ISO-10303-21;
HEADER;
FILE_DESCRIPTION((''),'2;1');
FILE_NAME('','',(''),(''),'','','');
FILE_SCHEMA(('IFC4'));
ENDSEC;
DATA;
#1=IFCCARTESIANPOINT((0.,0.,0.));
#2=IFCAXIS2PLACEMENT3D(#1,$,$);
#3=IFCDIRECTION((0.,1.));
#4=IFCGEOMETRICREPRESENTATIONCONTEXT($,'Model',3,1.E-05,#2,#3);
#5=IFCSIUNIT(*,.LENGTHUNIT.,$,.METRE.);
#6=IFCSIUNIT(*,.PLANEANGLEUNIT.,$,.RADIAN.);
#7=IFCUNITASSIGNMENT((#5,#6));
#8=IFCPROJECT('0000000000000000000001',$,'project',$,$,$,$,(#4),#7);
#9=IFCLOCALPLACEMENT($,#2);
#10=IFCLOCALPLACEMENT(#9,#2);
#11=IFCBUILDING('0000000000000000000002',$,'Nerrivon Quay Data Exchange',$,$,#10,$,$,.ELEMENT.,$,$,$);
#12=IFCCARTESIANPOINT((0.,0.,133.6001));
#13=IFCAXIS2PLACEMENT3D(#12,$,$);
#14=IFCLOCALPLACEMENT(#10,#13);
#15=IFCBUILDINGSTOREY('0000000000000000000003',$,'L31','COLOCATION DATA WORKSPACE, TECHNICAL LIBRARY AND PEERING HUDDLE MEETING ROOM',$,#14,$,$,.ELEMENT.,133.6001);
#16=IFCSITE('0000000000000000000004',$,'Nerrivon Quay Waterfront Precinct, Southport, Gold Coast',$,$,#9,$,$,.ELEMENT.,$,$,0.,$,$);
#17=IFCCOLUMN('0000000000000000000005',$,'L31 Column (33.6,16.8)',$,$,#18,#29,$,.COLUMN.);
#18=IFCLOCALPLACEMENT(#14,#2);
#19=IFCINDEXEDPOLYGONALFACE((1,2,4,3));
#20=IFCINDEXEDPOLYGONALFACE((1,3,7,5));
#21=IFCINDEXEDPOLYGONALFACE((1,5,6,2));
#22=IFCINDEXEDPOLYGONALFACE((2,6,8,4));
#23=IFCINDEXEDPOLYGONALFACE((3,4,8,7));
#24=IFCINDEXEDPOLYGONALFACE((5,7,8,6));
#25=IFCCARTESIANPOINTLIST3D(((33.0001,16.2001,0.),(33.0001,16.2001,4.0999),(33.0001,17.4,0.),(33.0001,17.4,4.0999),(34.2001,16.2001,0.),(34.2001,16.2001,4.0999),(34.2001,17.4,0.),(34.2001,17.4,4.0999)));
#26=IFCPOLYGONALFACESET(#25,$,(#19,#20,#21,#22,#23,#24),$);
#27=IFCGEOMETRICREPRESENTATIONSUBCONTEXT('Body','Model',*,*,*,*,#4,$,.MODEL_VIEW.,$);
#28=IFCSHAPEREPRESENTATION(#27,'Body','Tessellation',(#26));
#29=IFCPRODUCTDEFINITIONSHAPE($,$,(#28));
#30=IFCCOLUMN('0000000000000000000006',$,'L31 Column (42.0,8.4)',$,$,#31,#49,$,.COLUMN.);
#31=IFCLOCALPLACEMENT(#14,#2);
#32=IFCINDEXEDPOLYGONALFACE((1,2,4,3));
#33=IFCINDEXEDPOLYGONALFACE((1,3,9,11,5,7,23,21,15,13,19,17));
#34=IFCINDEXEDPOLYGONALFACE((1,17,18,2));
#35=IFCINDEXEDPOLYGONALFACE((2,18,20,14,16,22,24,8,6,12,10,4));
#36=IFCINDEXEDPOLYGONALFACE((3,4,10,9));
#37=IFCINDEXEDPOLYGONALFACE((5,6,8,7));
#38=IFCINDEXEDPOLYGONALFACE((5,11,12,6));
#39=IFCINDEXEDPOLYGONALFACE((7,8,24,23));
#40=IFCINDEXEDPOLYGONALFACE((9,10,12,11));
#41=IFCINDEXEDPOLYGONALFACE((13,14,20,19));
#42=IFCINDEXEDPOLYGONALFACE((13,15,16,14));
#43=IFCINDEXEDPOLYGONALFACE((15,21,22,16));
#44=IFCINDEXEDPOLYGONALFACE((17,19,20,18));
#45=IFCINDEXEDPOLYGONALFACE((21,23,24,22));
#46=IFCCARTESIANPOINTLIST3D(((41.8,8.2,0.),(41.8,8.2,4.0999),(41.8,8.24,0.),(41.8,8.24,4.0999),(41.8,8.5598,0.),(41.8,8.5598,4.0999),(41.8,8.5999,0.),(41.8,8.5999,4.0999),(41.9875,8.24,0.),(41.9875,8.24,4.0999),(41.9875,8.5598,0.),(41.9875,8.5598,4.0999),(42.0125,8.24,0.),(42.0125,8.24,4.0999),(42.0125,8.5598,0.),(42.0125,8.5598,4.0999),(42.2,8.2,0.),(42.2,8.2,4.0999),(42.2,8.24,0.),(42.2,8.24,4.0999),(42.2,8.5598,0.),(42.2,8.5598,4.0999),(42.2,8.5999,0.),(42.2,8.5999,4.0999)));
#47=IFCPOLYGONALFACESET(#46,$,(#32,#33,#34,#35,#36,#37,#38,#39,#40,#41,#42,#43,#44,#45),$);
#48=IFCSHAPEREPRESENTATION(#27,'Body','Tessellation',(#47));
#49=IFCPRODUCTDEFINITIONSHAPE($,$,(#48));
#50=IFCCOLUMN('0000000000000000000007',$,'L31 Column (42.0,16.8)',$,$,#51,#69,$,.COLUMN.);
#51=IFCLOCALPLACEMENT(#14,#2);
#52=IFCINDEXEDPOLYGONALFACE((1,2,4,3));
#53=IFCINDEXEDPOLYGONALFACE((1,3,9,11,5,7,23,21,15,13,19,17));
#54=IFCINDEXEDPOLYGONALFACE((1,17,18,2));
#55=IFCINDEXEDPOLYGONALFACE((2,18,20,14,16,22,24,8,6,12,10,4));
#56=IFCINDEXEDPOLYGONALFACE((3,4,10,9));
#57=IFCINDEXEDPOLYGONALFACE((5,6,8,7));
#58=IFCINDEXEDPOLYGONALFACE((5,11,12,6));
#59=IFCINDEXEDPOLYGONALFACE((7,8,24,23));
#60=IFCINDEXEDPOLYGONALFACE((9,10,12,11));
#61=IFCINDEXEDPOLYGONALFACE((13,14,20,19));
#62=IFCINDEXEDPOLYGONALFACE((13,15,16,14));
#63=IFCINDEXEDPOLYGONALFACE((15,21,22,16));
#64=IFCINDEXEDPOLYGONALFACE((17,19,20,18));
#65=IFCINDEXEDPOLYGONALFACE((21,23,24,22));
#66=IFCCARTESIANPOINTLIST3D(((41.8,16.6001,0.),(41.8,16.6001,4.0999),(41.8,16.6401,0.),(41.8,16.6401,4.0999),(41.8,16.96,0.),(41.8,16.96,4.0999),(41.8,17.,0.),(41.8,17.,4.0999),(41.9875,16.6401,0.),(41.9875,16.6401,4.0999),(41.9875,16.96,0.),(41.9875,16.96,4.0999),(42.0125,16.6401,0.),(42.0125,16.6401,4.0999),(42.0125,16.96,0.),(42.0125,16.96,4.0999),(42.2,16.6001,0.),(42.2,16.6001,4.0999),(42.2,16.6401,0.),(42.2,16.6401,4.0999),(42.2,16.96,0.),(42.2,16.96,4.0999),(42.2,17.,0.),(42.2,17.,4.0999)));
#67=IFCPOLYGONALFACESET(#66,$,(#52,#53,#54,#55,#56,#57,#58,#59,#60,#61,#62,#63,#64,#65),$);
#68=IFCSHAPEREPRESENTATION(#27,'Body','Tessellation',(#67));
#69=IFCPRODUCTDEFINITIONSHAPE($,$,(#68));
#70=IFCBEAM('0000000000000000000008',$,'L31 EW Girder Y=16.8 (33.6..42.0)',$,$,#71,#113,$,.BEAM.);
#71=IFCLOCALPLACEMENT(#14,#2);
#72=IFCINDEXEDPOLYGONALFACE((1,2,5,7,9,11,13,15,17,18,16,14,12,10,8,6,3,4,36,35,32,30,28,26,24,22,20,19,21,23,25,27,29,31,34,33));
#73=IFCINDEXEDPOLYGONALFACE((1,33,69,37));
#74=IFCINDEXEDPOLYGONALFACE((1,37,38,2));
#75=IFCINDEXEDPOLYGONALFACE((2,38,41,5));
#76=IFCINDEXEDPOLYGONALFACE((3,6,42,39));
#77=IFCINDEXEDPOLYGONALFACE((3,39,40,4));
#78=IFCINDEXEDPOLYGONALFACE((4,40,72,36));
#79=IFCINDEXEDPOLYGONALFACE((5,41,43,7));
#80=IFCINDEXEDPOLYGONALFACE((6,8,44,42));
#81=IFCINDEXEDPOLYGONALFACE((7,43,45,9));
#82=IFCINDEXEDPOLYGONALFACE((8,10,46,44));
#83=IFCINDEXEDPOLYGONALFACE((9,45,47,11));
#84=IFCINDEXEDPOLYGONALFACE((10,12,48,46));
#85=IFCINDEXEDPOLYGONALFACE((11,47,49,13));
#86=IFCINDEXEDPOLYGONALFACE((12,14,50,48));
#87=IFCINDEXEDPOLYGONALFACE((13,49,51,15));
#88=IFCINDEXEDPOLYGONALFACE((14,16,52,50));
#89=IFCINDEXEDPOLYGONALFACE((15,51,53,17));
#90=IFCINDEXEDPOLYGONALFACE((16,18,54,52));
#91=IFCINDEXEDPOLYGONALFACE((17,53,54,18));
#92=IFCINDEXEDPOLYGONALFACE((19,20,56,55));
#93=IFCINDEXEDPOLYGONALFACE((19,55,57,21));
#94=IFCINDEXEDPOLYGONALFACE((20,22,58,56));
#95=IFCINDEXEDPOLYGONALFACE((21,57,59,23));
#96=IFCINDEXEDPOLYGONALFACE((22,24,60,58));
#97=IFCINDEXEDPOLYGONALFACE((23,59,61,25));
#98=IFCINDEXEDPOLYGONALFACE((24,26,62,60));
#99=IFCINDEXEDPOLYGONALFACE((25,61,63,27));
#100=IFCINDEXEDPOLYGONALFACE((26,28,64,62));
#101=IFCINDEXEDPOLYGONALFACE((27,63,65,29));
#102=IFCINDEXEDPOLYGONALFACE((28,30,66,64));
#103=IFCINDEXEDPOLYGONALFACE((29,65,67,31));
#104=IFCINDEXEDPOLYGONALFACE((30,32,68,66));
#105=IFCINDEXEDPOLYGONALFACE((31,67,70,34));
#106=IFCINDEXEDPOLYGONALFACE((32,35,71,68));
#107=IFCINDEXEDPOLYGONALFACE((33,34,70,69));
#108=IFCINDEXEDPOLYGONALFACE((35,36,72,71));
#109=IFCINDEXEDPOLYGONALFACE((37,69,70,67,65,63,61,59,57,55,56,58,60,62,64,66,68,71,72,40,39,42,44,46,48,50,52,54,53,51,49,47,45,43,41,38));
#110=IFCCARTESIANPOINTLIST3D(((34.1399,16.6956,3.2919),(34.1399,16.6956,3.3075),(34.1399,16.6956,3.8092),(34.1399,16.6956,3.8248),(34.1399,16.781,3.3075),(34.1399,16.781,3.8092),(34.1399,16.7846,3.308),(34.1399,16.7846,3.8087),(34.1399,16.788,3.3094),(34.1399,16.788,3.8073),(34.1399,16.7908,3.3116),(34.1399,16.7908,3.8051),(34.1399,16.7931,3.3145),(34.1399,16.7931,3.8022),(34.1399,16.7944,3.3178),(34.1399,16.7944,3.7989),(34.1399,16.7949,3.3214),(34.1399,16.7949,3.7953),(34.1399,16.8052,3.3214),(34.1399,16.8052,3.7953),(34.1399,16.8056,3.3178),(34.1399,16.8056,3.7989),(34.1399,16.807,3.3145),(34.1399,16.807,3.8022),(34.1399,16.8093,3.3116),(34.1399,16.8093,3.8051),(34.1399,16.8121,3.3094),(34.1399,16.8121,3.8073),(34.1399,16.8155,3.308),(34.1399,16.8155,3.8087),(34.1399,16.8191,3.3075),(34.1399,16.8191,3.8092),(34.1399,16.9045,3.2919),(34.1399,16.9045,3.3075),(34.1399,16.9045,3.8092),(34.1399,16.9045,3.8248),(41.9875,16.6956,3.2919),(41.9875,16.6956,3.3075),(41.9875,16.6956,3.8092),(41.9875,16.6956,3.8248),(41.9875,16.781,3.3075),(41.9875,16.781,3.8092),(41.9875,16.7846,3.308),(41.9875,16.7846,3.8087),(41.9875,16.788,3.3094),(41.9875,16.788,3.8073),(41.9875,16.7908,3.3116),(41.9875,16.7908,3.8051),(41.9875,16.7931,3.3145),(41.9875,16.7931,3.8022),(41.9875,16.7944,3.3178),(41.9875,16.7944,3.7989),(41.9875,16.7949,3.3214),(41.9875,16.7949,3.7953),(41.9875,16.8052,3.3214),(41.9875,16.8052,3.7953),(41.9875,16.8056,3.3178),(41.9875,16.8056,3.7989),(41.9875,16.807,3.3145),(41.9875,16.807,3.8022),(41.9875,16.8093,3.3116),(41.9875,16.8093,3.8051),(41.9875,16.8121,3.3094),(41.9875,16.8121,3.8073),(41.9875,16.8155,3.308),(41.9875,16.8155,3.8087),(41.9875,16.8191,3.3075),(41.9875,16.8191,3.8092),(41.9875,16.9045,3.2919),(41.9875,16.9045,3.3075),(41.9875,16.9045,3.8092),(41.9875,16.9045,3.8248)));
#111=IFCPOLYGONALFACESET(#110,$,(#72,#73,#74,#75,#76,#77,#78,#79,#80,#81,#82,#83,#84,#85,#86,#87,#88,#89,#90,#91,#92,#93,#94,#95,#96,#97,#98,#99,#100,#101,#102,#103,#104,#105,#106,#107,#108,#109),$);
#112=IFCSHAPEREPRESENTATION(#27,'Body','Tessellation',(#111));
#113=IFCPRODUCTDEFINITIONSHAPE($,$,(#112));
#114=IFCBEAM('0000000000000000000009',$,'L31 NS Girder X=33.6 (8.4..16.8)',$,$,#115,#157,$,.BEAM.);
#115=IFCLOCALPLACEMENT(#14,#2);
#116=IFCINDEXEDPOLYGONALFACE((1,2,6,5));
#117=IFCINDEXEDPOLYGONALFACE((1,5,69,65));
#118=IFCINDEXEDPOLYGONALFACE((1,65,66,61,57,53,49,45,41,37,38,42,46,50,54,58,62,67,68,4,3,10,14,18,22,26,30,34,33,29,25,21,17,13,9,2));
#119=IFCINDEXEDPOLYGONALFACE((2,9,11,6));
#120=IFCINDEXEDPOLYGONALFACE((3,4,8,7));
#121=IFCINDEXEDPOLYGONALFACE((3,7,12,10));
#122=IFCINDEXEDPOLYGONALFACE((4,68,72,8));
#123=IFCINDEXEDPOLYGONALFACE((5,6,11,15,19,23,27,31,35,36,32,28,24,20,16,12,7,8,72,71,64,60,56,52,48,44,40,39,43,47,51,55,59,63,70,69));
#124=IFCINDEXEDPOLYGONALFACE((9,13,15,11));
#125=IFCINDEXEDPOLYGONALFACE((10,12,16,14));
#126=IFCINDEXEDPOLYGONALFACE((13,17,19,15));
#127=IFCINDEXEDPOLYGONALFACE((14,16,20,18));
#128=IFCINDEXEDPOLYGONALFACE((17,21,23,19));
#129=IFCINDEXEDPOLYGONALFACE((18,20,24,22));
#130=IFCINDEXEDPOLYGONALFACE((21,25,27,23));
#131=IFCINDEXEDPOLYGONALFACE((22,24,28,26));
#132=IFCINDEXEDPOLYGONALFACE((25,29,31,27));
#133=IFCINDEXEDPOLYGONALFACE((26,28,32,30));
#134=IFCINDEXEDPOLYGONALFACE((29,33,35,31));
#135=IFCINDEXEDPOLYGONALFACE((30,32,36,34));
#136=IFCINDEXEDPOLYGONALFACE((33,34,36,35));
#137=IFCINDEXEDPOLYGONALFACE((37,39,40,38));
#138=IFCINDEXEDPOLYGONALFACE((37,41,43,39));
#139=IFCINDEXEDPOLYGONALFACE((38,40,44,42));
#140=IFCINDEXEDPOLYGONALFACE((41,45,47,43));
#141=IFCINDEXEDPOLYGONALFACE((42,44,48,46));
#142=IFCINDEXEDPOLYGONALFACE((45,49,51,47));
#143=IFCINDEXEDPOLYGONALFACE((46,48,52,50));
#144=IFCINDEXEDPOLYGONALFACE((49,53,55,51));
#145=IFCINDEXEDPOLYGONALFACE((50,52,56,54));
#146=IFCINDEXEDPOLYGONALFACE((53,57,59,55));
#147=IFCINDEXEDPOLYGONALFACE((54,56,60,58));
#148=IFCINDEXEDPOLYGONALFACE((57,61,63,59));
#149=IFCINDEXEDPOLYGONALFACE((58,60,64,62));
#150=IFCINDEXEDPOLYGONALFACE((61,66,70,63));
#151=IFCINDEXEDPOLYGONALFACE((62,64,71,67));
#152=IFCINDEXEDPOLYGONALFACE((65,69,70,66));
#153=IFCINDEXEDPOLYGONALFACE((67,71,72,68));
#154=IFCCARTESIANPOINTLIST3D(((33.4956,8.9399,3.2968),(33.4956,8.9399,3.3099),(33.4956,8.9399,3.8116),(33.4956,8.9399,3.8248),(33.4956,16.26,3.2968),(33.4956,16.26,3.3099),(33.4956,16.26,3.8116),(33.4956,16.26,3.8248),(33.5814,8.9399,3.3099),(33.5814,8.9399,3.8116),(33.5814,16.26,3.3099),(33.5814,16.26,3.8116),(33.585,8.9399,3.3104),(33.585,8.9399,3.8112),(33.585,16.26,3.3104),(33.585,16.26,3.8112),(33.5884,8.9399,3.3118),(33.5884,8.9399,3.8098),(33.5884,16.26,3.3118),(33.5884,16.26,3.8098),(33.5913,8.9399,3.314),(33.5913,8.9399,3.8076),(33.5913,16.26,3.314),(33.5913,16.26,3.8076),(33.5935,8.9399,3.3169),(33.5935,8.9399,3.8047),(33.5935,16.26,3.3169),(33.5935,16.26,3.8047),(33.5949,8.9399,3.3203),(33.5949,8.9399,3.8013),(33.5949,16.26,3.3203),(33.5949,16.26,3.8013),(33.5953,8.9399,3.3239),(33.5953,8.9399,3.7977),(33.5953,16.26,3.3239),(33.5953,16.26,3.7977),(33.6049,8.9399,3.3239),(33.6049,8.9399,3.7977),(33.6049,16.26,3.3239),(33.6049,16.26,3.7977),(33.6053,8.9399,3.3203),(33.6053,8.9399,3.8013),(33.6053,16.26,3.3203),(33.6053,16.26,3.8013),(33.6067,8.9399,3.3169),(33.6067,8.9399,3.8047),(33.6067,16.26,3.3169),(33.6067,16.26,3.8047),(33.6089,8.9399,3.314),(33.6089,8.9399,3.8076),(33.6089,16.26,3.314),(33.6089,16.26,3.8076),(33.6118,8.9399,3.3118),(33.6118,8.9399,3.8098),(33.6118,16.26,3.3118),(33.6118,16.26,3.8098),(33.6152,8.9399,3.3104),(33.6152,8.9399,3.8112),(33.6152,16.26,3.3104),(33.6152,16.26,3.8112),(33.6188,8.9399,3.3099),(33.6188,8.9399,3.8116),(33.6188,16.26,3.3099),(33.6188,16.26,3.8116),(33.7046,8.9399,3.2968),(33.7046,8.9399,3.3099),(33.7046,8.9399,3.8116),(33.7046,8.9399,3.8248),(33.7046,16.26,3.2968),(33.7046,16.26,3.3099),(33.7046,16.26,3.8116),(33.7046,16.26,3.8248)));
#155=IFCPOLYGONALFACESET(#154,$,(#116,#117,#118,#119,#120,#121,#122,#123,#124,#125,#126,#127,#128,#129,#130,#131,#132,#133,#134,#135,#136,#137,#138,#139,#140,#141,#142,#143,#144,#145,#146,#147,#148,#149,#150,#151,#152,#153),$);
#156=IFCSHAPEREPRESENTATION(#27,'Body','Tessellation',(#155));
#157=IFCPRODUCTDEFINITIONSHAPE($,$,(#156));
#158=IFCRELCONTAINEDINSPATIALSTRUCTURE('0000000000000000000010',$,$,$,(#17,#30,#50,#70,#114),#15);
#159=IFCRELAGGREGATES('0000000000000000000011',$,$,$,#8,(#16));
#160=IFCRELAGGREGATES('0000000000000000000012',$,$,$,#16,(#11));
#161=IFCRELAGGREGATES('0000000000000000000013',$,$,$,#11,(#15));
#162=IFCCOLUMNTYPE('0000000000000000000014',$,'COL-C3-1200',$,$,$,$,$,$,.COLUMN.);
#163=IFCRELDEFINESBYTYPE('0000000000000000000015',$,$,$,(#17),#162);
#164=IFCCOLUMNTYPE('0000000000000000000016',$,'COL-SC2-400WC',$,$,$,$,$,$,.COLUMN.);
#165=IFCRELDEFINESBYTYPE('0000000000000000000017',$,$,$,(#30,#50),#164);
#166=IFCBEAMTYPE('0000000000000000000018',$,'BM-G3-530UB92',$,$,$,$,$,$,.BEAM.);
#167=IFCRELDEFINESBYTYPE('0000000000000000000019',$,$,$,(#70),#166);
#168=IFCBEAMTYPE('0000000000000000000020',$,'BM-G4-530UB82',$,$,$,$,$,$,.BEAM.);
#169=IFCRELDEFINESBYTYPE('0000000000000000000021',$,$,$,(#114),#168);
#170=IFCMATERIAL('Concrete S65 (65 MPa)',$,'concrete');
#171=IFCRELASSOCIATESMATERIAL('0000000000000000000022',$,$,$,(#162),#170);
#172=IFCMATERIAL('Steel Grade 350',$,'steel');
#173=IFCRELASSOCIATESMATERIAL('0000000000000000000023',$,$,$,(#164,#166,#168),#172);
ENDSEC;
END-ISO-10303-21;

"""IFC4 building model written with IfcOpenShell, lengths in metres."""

from ifc_helpers import new_model, si_unit, direction, frame, origin, origin_2d, place, context, subcontext, project, spatial, rectangle, i_section, extrude, material, material_profile, profile_set, type_object, element, save


model = new_model("IFC4")

# Units and contexts
model_context = context("Model", 3, precision=1e-05, world=origin(), true_north=direction((0.0, 1.0)))
body_context = subcontext(model_context, "Body", "Model", "MODEL_VIEW")
ifc_project = project(units=[si_unit("LENGTHUNIT", "METRE"), si_unit("PLANEANGLEUNIT", "RADIAN")], contexts=[model_context])

# Site, building, storey
site_placement = place(None, origin())
site = spatial("IfcSite", under=ifc_project, at=site_placement, Name="Nerrivon Quay Waterfront Precinct, Southport, Gold Coast", CompositionType="ELEMENT", RefElevation=0.0)
building_placement = place(site_placement, origin())
building = spatial("IfcBuilding", under=site, at=building_placement, Name="Nerrivon Quay Data Exchange", CompositionType="ELEMENT")
storey_placement = place(building_placement, frame((0.0, 0.0, 133.6001)))
storey = spatial("IfcBuildingStorey", under=building, at=storey_placement, Name="L31", Description="COLOCATION DATA WORKSPACE, TECHNICAL LIBRARY AND PEERING HUDDLE MEETING ROOM", CompositionType="ELEMENT", Elevation=133.6001)

# Columns
ifc_material_1 = material(Name="Concrete S65 (65 MPa)", Category="concrete")
ifc_material_profile_1 = material_profile(ifc_material_1, rectangle(XDim=1.2, YDim=1.2, at=origin_2d()), Name="RC-COL-1200x1200")
ifc_profile_set_1 = profile_set([ifc_material_profile_1], Name="Concrete S65 (65 MPa)")
column_type_1 = type_object("IfcColumnType", Name="COL-C3-1200", PredefinedType="COLUMN", material=ifc_profile_set_1)
column_placement = place(storey_placement, frame((33.6001, 16.8, 0.0), z_axis=(0.0, 0.0, 1.0), x_axis=(1.0, 0.0, 0.0)))
element("IfcColumn", 1, at=column_placement, inside=storey, type_object=column_type_1, Name="L31 Column (33.6,16.8)", PredefinedType="COLUMN", context=body_context, shape_type="SweptSolid", body=[
    extrude(rectangle(XDim=1.2, YDim=1.2, at=origin_2d()), origin(), (0.0, 0.0, 1.0), 4.0999),
])
ifc_material_2 = material(Name="Steel Grade 350", Category="steel")
ifc_material_profile_2 = material_profile(ifc_material_2, i_section(OverallWidth=0.3999, OverallDepth=0.3999, WebThickness=0.0249, FlangeThickness=0.04, at=origin_2d()), Name="400WC328")
ifc_profile_set_2 = profile_set([ifc_material_profile_2], Name="Steel Grade 350")
column_type_2 = type_object("IfcColumnType", Name="COL-SC2-400WC", PredefinedType="COLUMN", material=ifc_profile_set_2)
for number, where, z_axis, x_axis, name in (
    (2, (42.0, 8.3999, 0.0), (0.0, 0.0, 1.0), (1.0, 0.0, 0.0), "L31 Column (42.0,8.4)"),
    (3, (42.0, 16.8, 0.0), (0.0, 0.0, 1.0), (1.0, 0.0, 0.0), "L31 Column (42.0,16.8)"),
):
    element("IfcColumn", number, at=place(storey_placement, frame(where, z_axis=z_axis, x_axis=x_axis)), inside=storey, type_object=column_type_2, Name=name, PredefinedType="COLUMN", context=body_context, shape_type="SweptSolid", body=[
        extrude(i_section(OverallWidth=0.3999, OverallDepth=0.3999, WebThickness=0.0249, FlangeThickness=0.04, at=origin_2d()), origin(), (0.0, 0.0, 1.0), 4.0999),
    ])

# Beams
ifc_material_profile_3 = material_profile(ifc_material_2, i_section(OverallWidth=0.209, OverallDepth=0.533, WebThickness=0.0103, FlangeThickness=0.0156, FilletRadius=0.0139, at=origin_2d()), Name="530UB92.4")
ifc_profile_set_3 = profile_set([ifc_material_profile_3], Name="Steel Grade 350")
beam_type_1 = type_object("IfcBeamType", Name="BM-G3-530UB92", PredefinedType="BEAM", material=ifc_profile_set_3)
beam_1_placement = place(storey_placement, frame((34.1399, 16.8, 3.5583), z_axis=(1.0, 0.0, 0.0), x_axis=(0.0, 1.0, 0.0)))
element("IfcBeam", 4, at=beam_1_placement, inside=storey, type_object=beam_type_1, Name="L31 EW Girder Y=16.8 (33.6..42.0)", PredefinedType="BEAM", context=body_context, shape_type="SweptSolid", body=[
    extrude(i_section(OverallWidth=0.209, OverallDepth=0.533, WebThickness=0.0103, FlangeThickness=0.0156, FilletRadius=0.0139, at=origin_2d()), origin(), (0.0, 0.0, 1.0), 7.8477),
])
ifc_material_profile_4 = material_profile(ifc_material_2, i_section(OverallWidth=0.209, OverallDepth=0.5281, WebThickness=0.0095, FlangeThickness=0.0132, FilletRadius=0.0139, at=origin_2d()), Name="530UB82.0")
ifc_profile_set_4 = profile_set([ifc_material_profile_4], Name="Steel Grade 350")
beam_type_2 = type_object("IfcBeamType", Name="BM-G4-530UB82", PredefinedType="BEAM", material=ifc_profile_set_4)
beam_2_placement = place(storey_placement, frame((33.6001, 8.9399, 3.5608), z_axis=(0.0, 1.0, 0.0), x_axis=(-1.0, 0.0, 0.0)))
element("IfcBeam", 5, at=beam_2_placement, inside=storey, type_object=beam_type_2, Name="L31 NS Girder X=33.6 (8.4..16.8)", PredefinedType="BEAM", context=body_context, shape_type="SweptSolid", body=[
    extrude(i_section(OverallWidth=0.209, OverallDepth=0.5281, WebThickness=0.0095, FlangeThickness=0.0132, FilletRadius=0.0139, at=origin_2d()), origin(), (0.0, 0.0, 1.0), 7.3201),
])

save(model, "model.ifc")
